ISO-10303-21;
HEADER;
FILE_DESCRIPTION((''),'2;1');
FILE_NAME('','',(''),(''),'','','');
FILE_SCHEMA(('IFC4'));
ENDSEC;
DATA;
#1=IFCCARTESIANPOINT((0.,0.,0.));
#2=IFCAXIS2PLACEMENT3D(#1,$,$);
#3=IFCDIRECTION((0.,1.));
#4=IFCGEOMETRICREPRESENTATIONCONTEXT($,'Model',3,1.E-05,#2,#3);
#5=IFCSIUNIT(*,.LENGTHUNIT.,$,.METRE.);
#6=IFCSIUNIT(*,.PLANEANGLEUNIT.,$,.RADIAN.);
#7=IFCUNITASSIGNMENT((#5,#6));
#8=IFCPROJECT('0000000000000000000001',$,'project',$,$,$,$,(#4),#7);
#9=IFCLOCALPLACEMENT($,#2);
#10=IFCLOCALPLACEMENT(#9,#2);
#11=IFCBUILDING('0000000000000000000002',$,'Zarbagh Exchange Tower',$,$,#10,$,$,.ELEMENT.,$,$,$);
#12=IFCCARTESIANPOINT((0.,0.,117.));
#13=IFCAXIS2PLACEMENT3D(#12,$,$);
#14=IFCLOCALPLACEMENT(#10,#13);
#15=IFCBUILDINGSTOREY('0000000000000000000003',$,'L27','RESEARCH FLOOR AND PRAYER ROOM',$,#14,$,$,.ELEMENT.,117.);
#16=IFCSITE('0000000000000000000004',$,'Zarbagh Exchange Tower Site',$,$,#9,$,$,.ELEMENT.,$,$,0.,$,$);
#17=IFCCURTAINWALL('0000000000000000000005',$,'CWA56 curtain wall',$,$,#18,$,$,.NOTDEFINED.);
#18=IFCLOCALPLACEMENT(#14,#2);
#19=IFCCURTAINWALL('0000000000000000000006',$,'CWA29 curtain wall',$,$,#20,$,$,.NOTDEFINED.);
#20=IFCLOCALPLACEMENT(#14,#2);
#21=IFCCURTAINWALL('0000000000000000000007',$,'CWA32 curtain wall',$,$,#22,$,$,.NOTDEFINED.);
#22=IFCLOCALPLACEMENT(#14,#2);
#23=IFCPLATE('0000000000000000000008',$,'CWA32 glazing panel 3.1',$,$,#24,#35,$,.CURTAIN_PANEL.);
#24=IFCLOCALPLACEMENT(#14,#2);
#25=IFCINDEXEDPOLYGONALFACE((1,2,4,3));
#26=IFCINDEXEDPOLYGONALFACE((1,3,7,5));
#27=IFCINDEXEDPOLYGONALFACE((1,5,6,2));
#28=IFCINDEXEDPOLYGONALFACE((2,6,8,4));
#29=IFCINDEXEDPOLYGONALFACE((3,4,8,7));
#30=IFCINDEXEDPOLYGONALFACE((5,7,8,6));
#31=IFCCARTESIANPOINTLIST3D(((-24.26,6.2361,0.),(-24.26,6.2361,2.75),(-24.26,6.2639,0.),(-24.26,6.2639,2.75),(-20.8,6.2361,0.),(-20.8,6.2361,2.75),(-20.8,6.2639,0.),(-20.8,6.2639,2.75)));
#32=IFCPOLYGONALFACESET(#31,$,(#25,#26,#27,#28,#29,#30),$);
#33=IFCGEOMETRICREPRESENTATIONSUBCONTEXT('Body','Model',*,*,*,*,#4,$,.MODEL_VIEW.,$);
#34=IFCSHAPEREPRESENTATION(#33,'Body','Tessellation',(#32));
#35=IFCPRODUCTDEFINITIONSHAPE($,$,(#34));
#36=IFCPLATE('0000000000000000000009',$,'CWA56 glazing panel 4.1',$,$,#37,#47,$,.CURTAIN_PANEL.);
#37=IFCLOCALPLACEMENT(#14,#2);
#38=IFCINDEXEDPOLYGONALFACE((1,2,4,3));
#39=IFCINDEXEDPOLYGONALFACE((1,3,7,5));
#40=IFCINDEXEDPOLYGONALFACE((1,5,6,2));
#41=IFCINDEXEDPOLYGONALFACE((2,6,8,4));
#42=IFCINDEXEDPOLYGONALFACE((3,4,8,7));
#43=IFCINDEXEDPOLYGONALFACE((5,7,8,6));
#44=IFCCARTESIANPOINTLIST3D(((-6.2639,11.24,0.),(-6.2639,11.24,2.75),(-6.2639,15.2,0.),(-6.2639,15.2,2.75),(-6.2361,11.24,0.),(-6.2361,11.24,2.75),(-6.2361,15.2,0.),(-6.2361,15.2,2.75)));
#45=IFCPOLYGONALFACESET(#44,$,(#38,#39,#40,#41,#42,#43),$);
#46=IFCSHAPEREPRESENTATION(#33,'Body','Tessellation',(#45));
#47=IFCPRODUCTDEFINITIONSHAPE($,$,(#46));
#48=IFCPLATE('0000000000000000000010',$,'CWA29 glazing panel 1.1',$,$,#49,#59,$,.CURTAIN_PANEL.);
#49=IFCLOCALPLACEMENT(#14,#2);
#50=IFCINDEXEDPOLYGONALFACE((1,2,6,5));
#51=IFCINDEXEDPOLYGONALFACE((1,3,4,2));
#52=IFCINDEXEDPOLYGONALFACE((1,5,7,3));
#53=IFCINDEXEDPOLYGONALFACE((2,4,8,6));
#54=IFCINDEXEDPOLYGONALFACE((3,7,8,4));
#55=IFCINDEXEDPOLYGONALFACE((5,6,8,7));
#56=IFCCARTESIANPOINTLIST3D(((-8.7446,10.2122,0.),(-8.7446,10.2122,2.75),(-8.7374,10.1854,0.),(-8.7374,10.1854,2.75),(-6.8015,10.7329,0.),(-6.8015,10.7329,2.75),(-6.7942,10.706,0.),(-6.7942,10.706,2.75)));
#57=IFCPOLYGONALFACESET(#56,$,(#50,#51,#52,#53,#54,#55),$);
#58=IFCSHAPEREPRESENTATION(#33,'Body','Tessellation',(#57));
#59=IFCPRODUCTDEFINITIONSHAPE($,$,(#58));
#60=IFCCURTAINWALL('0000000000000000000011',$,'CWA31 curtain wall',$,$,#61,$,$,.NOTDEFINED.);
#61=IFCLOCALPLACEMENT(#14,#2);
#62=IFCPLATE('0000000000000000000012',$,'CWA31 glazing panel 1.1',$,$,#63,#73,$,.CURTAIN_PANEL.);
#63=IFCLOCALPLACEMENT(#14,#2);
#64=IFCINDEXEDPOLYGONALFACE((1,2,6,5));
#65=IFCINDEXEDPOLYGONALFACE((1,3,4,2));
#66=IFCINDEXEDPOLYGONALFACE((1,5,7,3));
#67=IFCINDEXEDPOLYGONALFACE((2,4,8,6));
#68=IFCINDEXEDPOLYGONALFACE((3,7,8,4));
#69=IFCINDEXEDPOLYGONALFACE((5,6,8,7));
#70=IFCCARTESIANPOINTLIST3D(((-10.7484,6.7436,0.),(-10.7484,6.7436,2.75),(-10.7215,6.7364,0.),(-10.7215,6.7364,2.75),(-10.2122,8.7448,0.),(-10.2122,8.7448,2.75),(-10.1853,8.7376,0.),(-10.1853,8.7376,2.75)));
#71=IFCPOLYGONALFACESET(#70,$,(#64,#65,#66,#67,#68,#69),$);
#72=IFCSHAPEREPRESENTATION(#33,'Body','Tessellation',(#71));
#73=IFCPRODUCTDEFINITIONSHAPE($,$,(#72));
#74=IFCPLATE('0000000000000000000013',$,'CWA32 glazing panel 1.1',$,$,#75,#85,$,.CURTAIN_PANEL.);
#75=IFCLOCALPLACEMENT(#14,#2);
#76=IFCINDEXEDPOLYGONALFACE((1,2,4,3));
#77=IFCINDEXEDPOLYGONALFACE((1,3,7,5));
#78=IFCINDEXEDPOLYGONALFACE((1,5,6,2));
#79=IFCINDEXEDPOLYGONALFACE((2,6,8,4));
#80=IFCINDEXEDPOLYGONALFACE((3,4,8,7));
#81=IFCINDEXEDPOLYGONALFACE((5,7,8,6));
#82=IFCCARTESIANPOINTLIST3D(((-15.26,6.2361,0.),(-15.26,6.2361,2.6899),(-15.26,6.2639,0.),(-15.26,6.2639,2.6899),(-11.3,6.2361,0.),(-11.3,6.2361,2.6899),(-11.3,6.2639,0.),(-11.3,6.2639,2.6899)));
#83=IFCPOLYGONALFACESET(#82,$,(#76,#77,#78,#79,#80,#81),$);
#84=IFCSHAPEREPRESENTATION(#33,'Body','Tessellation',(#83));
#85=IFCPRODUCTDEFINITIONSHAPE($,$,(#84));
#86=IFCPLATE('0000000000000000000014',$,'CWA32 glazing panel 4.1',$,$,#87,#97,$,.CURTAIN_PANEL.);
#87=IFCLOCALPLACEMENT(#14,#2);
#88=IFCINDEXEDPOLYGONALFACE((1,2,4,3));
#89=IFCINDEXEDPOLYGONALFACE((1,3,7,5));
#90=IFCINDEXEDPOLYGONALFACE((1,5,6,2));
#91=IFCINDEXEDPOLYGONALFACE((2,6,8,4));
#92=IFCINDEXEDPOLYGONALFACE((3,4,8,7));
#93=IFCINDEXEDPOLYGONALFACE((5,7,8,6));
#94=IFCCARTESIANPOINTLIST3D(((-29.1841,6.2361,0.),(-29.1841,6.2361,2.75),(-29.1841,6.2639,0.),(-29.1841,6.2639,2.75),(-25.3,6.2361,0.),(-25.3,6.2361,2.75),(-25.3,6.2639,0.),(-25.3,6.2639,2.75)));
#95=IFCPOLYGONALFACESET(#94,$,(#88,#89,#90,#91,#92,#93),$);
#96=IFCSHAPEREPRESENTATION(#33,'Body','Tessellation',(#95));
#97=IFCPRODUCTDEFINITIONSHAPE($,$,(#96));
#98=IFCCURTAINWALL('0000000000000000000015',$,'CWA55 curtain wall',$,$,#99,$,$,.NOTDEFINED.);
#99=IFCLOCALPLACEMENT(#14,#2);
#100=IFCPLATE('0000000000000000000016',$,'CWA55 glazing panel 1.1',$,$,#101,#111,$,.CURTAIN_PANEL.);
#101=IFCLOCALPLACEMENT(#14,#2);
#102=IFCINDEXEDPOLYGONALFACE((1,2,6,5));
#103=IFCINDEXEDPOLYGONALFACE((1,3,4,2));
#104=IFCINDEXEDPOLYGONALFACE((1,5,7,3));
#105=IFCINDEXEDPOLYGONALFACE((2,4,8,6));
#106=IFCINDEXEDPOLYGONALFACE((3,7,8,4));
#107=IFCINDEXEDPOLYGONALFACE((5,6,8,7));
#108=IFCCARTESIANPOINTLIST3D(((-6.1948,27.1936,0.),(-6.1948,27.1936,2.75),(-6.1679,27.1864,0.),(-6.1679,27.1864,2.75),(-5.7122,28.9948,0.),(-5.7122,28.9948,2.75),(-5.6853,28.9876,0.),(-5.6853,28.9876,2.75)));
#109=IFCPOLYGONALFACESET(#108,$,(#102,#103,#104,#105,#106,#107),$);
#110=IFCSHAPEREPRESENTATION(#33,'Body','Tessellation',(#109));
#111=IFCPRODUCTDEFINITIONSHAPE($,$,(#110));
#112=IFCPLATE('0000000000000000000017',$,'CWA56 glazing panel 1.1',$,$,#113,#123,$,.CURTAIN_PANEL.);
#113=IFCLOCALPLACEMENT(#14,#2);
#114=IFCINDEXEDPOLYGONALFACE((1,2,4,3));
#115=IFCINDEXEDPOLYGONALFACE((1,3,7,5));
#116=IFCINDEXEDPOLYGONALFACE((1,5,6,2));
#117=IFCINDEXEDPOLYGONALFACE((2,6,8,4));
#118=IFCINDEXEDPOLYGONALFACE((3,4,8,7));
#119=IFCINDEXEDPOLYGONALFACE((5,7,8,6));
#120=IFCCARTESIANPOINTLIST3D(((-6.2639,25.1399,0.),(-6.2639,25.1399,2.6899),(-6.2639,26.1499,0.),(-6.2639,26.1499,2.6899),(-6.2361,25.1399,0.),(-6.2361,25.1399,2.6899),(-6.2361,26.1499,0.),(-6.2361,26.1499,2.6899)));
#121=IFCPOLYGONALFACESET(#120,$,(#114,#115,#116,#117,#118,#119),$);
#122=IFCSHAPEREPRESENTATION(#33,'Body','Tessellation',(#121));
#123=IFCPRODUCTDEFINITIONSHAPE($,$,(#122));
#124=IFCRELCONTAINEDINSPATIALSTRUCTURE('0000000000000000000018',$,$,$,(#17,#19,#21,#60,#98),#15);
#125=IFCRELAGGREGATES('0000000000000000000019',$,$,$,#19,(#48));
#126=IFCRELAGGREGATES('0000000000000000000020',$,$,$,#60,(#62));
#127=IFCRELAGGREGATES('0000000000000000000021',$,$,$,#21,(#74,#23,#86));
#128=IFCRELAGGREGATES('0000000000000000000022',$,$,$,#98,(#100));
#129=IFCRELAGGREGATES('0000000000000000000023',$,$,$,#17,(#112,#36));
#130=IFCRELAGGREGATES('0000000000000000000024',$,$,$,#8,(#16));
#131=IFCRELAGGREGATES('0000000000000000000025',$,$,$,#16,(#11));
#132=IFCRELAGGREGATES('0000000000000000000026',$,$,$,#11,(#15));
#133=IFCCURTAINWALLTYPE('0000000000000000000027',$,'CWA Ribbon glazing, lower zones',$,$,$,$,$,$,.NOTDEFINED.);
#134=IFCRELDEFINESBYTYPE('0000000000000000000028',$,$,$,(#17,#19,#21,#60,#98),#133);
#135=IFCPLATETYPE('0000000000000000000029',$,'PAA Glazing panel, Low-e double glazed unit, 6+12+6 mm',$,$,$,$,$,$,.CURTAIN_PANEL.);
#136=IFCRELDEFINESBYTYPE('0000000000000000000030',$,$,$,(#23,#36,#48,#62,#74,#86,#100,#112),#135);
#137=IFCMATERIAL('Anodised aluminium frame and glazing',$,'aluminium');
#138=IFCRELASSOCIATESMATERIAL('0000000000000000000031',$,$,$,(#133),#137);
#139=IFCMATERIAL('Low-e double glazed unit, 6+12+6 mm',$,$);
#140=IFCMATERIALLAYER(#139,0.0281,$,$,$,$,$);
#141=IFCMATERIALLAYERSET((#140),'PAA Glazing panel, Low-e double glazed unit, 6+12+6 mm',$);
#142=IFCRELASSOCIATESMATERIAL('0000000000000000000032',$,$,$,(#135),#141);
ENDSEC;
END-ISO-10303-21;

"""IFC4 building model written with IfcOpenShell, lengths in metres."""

from ifc_helpers import new_model, si_unit, direction, frame, origin, place, context, subcontext, project, spatial, polyline, outline, extrude, source, transform, mapped, material, layer, layer_set, type_object, element, aggregate, save


model = new_model("IFC4")

# Units and contexts
model_context = context("Model", 3, precision=1e-05, world=origin(), true_north=direction((0.0, 1.0)))
body_context = subcontext(model_context, "Body", "Model", "MODEL_VIEW")
ifc_project = project(units=[si_unit("LENGTHUNIT", "METRE"), si_unit("PLANEANGLEUNIT", "RADIAN")], contexts=[model_context])

# Site, building, storey
site_placement = place(None, origin())
site = spatial("IfcSite", under=ifc_project, at=site_placement, Name="Zarbagh Exchange Tower Site", CompositionType="ELEMENT", RefElevation=0.0)
building_placement = place(site_placement, origin())
building = spatial("IfcBuilding", under=site, at=building_placement, Name="Zarbagh Exchange Tower", CompositionType="ELEMENT")
storey_placement = place(building_placement, frame((0.0, 0.0, 117.0)))
storey = spatial("IfcBuildingStorey", under=building, at=storey_placement, Name="L27", Description="RESEARCH FLOOR AND PRAYER ROOM", CompositionType="ELEMENT", Elevation=117.0)

# Curtain wall
ifc_material_1 = material(Name="Anodised aluminium frame and glazing", Category="aluminium")
curtain_wall_type = type_object("IfcCurtainWallType", Name="CWA Ribbon glazing, lower zones", PredefinedType="NOTDEFINED", material=ifc_material_1)
curtain_wall_1_placement = place(storey_placement, origin())
curtain_wall_1 = element("IfcCurtainWall", 1, at=curtain_wall_1_placement, inside=storey, type_object=curtain_wall_type, Name="CWA56 curtain wall", PredefinedType="NOTDEFINED")
placement = place(storey_placement, origin())

# Curtain wall
curtain_wall_2_placement = place(storey_placement, origin())
curtain_wall_2 = element("IfcCurtainWall", 2, at=curtain_wall_2_placement, inside=storey, type_object=curtain_wall_type, Name="CWA29 curtain wall", PredefinedType="NOTDEFINED")

# Curtain wall
curtain_wall_3_placement = place(storey_placement, origin())
curtain_wall_3 = element("IfcCurtainWall", 3, at=curtain_wall_3_placement, inside=storey, type_object=curtain_wall_type, Name="CWA32 curtain wall", PredefinedType="NOTDEFINED")

# Shared definitions
ifc_material_2 = material(Name="Low-e double glazed unit, 6+12+6 mm")
ifc_layer = layer(ifc_material_2, 0.0281)
ifc_layer_set = layer_set([ifc_layer], Name="PAA Glazing panel, Low-e double glazed unit, 6+12+6 mm")
plate_type = type_object("IfcPlateType", Name="PAA Glazing panel, Low-e double glazed unit, 6+12+6 mm", PredefinedType="CURTAIN_PANEL", material=ifc_layer_set)

# Plates
shared_shape_1 = source(origin(), body_context, "Body", "SweptSolid", [
    extrude(outline(polyline([(0.0, -0.0139), (3.46, -0.0139), (3.46, 0.0139), (0.0, 0.0139), (0.0, -0.0139)])), origin(), (0.0, 0.0, 1.0), 2.75),
])
plate_1 = element("IfcPlate", 4, at=placement, type_object=plate_type, Name="CWA32 glazing panel 3.1", PredefinedType="CURTAIN_PANEL", context=body_context, shape_type="MappedRepresentation", body=[
    mapped(shared_shape_1, transform((-20.8, 6.25, 0.0), x_axis=(-1.0, 0.0, 0.0), y_axis=(0.0, -1.0, 0.0), z_axis=(0.0, 0.0, 1.0))),
])
shared_shape_2 = source(origin(), body_context, "Body", "SweptSolid", [
    extrude(outline(polyline([(0.0, -0.0139), (3.96, -0.0139), (3.96, 0.0139), (0.0, 0.0139), (0.0, -0.0139)])), origin(), (0.0, 0.0, 1.0), 2.75),
])
plate_2 = element("IfcPlate", 5, at=placement, type_object=plate_type, Name="CWA56 glazing panel 4.1", PredefinedType="CURTAIN_PANEL", context=body_context, shape_type="MappedRepresentation", body=[
    mapped(shared_shape_2, transform((-6.25, 15.2, 0.0), x_axis=(0.0, -1.0, 0.0), y_axis=(1.0, 0.0, 0.0), z_axis=(0.0, 0.0, 1.0))),
])
shared_shape_3 = source(origin(), body_context, "Body", "SweptSolid", [
    extrude(outline(polyline([(0.0, -0.0139), (2.0117, -0.0139), (2.0117, 0.0139), (0.0, 0.0139), (0.0, -0.0139)])), origin(), (0.0, 0.0, 1.0), 2.75),
])
plate_3 = element("IfcPlate", 6, at=placement, type_object=plate_type, Name="CWA29 glazing panel 1.1", PredefinedType="CURTAIN_PANEL", context=body_context, shape_type="MappedRepresentation", body=[
    mapped(shared_shape_3, transform((-6.7979, 10.7195, 0.0), x_axis=(-0.965924, -0.258825, 0.0), y_axis=(0.258825, -0.965924, 0.0), z_axis=(0.0, 0.0, 1.0))),
])
aggregate(curtain_wall_2, [plate_3])

# Curtain wall, plate
curtain_wall_4_placement = place(storey_placement, origin())
curtain_wall_4 = element("IfcCurtainWall", 7, at=curtain_wall_4_placement, inside=storey, type_object=curtain_wall_type, Name="CWA31 curtain wall", PredefinedType="NOTDEFINED")
shared_shape_4 = source(origin(), body_context, "Body", "SweptSolid", [
    extrude(outline(polyline([(0.0, -0.0139), (2.0718, -0.0139), (2.0718, 0.0139), (0.0, 0.0139), (0.0, -0.0139)])), origin(), (0.0, 0.0, 1.0), 2.75),
])
plate_4 = element("IfcPlate", 8, at=placement, type_object=plate_type, Name="CWA31 glazing panel 1.1", PredefinedType="CURTAIN_PANEL", context=body_context, shape_type="MappedRepresentation", body=[
    mapped(shared_shape_4, transform((-10.1987, 8.7412, 0.0), x_axis=(-0.258825, -0.965924, 0.0), y_axis=(0.965924, -0.258825, 0.0), z_axis=(0.0, 0.0, 1.0))),
])
aggregate(curtain_wall_4, [plate_4])

# Plates
shared_shape_5 = source(origin(), body_context, "Body", "SweptSolid", [
    extrude(outline(polyline([(0.0, -0.0139), (3.96, -0.0139), (3.96, 0.0139), (0.0, 0.0139), (0.0, -0.0139)])), origin(), (0.0, 0.0, 1.0), 2.6899),
])
plate_5 = element("IfcPlate", 9, at=placement, type_object=plate_type, Name="CWA32 glazing panel 1.1", PredefinedType="CURTAIN_PANEL", context=body_context, shape_type="MappedRepresentation", body=[
    mapped(shared_shape_5, transform((-11.3, 6.25, 0.0), x_axis=(-1.0, 0.0, 0.0), y_axis=(0.0, -1.0, 0.0), z_axis=(0.0, 0.0, 1.0))),
])
shared_shape_6 = source(origin(), body_context, "Body", "SweptSolid", [
    extrude(outline(polyline([(0.0, -0.0139), (3.884, -0.0139), (3.884, 0.0139), (0.0, 0.0139), (0.0, -0.0139)])), origin(), (0.0, 0.0, 1.0), 2.75),
])
plate_6 = element("IfcPlate", 10, at=placement, type_object=plate_type, Name="CWA32 glazing panel 4.1", PredefinedType="CURTAIN_PANEL", context=body_context, shape_type="MappedRepresentation", body=[
    mapped(shared_shape_6, transform((-25.3, 6.25, 0.0), x_axis=(-1.0, 0.0, 0.0), y_axis=(0.0, -1.0, 0.0), z_axis=(0.0, 0.0, 1.0))),
])
aggregate(curtain_wall_3, [plate_5, plate_1, plate_6])

# Curtain wall, plate
curtain_wall_5_placement = place(storey_placement, origin())
curtain_wall_5 = element("IfcCurtainWall", 11, at=curtain_wall_5_placement, inside=storey, type_object=curtain_wall_type, Name="CWA55 curtain wall", PredefinedType="NOTDEFINED")
shared_shape_7 = source(origin(), body_context, "Body", "SweptSolid", [
    extrude(outline(polyline([(0.0, -0.0139), (1.8647, -0.0139), (1.8647, 0.0139), (0.0, 0.0139), (0.0, -0.0139)])), origin(), (0.0, 0.0, 1.0), 2.75),
])
plate_7 = element("IfcPlate", 12, at=placement, type_object=plate_type, Name="CWA55 glazing panel 1.1", PredefinedType="CURTAIN_PANEL", context=body_context, shape_type="MappedRepresentation", body=[
    mapped(shared_shape_7, transform((-5.6987, 28.9912, 0.0), x_axis=(-0.258825, -0.965924, 0.0), y_axis=(0.965924, -0.258825, 0.0), z_axis=(0.0, 0.0, 1.0))),
])
aggregate(curtain_wall_5, [plate_7])

# Plate
shared_shape_8 = source(origin(), body_context, "Body", "SweptSolid", [
    extrude(outline(polyline([(0.0, -0.0139), (1.01, -0.0139), (1.01, 0.0139), (0.0, 0.0139), (0.0, -0.0139)])), origin(), (0.0, 0.0, 1.0), 2.6899),
])
plate_8 = element("IfcPlate", 13, at=placement, type_object=plate_type, Name="CWA56 glazing panel 1.1", PredefinedType="CURTAIN_PANEL", context=body_context, shape_type="MappedRepresentation", body=[
    mapped(shared_shape_8, transform((-6.25, 26.1499, 0.0), x_axis=(0.0, -1.0, 0.0), y_axis=(1.0, 0.0, 0.0), z_axis=(0.0, 0.0, 1.0))),
])
aggregate(curtain_wall_1, [plate_8, plate_2])

save(model, "model.ifc")
